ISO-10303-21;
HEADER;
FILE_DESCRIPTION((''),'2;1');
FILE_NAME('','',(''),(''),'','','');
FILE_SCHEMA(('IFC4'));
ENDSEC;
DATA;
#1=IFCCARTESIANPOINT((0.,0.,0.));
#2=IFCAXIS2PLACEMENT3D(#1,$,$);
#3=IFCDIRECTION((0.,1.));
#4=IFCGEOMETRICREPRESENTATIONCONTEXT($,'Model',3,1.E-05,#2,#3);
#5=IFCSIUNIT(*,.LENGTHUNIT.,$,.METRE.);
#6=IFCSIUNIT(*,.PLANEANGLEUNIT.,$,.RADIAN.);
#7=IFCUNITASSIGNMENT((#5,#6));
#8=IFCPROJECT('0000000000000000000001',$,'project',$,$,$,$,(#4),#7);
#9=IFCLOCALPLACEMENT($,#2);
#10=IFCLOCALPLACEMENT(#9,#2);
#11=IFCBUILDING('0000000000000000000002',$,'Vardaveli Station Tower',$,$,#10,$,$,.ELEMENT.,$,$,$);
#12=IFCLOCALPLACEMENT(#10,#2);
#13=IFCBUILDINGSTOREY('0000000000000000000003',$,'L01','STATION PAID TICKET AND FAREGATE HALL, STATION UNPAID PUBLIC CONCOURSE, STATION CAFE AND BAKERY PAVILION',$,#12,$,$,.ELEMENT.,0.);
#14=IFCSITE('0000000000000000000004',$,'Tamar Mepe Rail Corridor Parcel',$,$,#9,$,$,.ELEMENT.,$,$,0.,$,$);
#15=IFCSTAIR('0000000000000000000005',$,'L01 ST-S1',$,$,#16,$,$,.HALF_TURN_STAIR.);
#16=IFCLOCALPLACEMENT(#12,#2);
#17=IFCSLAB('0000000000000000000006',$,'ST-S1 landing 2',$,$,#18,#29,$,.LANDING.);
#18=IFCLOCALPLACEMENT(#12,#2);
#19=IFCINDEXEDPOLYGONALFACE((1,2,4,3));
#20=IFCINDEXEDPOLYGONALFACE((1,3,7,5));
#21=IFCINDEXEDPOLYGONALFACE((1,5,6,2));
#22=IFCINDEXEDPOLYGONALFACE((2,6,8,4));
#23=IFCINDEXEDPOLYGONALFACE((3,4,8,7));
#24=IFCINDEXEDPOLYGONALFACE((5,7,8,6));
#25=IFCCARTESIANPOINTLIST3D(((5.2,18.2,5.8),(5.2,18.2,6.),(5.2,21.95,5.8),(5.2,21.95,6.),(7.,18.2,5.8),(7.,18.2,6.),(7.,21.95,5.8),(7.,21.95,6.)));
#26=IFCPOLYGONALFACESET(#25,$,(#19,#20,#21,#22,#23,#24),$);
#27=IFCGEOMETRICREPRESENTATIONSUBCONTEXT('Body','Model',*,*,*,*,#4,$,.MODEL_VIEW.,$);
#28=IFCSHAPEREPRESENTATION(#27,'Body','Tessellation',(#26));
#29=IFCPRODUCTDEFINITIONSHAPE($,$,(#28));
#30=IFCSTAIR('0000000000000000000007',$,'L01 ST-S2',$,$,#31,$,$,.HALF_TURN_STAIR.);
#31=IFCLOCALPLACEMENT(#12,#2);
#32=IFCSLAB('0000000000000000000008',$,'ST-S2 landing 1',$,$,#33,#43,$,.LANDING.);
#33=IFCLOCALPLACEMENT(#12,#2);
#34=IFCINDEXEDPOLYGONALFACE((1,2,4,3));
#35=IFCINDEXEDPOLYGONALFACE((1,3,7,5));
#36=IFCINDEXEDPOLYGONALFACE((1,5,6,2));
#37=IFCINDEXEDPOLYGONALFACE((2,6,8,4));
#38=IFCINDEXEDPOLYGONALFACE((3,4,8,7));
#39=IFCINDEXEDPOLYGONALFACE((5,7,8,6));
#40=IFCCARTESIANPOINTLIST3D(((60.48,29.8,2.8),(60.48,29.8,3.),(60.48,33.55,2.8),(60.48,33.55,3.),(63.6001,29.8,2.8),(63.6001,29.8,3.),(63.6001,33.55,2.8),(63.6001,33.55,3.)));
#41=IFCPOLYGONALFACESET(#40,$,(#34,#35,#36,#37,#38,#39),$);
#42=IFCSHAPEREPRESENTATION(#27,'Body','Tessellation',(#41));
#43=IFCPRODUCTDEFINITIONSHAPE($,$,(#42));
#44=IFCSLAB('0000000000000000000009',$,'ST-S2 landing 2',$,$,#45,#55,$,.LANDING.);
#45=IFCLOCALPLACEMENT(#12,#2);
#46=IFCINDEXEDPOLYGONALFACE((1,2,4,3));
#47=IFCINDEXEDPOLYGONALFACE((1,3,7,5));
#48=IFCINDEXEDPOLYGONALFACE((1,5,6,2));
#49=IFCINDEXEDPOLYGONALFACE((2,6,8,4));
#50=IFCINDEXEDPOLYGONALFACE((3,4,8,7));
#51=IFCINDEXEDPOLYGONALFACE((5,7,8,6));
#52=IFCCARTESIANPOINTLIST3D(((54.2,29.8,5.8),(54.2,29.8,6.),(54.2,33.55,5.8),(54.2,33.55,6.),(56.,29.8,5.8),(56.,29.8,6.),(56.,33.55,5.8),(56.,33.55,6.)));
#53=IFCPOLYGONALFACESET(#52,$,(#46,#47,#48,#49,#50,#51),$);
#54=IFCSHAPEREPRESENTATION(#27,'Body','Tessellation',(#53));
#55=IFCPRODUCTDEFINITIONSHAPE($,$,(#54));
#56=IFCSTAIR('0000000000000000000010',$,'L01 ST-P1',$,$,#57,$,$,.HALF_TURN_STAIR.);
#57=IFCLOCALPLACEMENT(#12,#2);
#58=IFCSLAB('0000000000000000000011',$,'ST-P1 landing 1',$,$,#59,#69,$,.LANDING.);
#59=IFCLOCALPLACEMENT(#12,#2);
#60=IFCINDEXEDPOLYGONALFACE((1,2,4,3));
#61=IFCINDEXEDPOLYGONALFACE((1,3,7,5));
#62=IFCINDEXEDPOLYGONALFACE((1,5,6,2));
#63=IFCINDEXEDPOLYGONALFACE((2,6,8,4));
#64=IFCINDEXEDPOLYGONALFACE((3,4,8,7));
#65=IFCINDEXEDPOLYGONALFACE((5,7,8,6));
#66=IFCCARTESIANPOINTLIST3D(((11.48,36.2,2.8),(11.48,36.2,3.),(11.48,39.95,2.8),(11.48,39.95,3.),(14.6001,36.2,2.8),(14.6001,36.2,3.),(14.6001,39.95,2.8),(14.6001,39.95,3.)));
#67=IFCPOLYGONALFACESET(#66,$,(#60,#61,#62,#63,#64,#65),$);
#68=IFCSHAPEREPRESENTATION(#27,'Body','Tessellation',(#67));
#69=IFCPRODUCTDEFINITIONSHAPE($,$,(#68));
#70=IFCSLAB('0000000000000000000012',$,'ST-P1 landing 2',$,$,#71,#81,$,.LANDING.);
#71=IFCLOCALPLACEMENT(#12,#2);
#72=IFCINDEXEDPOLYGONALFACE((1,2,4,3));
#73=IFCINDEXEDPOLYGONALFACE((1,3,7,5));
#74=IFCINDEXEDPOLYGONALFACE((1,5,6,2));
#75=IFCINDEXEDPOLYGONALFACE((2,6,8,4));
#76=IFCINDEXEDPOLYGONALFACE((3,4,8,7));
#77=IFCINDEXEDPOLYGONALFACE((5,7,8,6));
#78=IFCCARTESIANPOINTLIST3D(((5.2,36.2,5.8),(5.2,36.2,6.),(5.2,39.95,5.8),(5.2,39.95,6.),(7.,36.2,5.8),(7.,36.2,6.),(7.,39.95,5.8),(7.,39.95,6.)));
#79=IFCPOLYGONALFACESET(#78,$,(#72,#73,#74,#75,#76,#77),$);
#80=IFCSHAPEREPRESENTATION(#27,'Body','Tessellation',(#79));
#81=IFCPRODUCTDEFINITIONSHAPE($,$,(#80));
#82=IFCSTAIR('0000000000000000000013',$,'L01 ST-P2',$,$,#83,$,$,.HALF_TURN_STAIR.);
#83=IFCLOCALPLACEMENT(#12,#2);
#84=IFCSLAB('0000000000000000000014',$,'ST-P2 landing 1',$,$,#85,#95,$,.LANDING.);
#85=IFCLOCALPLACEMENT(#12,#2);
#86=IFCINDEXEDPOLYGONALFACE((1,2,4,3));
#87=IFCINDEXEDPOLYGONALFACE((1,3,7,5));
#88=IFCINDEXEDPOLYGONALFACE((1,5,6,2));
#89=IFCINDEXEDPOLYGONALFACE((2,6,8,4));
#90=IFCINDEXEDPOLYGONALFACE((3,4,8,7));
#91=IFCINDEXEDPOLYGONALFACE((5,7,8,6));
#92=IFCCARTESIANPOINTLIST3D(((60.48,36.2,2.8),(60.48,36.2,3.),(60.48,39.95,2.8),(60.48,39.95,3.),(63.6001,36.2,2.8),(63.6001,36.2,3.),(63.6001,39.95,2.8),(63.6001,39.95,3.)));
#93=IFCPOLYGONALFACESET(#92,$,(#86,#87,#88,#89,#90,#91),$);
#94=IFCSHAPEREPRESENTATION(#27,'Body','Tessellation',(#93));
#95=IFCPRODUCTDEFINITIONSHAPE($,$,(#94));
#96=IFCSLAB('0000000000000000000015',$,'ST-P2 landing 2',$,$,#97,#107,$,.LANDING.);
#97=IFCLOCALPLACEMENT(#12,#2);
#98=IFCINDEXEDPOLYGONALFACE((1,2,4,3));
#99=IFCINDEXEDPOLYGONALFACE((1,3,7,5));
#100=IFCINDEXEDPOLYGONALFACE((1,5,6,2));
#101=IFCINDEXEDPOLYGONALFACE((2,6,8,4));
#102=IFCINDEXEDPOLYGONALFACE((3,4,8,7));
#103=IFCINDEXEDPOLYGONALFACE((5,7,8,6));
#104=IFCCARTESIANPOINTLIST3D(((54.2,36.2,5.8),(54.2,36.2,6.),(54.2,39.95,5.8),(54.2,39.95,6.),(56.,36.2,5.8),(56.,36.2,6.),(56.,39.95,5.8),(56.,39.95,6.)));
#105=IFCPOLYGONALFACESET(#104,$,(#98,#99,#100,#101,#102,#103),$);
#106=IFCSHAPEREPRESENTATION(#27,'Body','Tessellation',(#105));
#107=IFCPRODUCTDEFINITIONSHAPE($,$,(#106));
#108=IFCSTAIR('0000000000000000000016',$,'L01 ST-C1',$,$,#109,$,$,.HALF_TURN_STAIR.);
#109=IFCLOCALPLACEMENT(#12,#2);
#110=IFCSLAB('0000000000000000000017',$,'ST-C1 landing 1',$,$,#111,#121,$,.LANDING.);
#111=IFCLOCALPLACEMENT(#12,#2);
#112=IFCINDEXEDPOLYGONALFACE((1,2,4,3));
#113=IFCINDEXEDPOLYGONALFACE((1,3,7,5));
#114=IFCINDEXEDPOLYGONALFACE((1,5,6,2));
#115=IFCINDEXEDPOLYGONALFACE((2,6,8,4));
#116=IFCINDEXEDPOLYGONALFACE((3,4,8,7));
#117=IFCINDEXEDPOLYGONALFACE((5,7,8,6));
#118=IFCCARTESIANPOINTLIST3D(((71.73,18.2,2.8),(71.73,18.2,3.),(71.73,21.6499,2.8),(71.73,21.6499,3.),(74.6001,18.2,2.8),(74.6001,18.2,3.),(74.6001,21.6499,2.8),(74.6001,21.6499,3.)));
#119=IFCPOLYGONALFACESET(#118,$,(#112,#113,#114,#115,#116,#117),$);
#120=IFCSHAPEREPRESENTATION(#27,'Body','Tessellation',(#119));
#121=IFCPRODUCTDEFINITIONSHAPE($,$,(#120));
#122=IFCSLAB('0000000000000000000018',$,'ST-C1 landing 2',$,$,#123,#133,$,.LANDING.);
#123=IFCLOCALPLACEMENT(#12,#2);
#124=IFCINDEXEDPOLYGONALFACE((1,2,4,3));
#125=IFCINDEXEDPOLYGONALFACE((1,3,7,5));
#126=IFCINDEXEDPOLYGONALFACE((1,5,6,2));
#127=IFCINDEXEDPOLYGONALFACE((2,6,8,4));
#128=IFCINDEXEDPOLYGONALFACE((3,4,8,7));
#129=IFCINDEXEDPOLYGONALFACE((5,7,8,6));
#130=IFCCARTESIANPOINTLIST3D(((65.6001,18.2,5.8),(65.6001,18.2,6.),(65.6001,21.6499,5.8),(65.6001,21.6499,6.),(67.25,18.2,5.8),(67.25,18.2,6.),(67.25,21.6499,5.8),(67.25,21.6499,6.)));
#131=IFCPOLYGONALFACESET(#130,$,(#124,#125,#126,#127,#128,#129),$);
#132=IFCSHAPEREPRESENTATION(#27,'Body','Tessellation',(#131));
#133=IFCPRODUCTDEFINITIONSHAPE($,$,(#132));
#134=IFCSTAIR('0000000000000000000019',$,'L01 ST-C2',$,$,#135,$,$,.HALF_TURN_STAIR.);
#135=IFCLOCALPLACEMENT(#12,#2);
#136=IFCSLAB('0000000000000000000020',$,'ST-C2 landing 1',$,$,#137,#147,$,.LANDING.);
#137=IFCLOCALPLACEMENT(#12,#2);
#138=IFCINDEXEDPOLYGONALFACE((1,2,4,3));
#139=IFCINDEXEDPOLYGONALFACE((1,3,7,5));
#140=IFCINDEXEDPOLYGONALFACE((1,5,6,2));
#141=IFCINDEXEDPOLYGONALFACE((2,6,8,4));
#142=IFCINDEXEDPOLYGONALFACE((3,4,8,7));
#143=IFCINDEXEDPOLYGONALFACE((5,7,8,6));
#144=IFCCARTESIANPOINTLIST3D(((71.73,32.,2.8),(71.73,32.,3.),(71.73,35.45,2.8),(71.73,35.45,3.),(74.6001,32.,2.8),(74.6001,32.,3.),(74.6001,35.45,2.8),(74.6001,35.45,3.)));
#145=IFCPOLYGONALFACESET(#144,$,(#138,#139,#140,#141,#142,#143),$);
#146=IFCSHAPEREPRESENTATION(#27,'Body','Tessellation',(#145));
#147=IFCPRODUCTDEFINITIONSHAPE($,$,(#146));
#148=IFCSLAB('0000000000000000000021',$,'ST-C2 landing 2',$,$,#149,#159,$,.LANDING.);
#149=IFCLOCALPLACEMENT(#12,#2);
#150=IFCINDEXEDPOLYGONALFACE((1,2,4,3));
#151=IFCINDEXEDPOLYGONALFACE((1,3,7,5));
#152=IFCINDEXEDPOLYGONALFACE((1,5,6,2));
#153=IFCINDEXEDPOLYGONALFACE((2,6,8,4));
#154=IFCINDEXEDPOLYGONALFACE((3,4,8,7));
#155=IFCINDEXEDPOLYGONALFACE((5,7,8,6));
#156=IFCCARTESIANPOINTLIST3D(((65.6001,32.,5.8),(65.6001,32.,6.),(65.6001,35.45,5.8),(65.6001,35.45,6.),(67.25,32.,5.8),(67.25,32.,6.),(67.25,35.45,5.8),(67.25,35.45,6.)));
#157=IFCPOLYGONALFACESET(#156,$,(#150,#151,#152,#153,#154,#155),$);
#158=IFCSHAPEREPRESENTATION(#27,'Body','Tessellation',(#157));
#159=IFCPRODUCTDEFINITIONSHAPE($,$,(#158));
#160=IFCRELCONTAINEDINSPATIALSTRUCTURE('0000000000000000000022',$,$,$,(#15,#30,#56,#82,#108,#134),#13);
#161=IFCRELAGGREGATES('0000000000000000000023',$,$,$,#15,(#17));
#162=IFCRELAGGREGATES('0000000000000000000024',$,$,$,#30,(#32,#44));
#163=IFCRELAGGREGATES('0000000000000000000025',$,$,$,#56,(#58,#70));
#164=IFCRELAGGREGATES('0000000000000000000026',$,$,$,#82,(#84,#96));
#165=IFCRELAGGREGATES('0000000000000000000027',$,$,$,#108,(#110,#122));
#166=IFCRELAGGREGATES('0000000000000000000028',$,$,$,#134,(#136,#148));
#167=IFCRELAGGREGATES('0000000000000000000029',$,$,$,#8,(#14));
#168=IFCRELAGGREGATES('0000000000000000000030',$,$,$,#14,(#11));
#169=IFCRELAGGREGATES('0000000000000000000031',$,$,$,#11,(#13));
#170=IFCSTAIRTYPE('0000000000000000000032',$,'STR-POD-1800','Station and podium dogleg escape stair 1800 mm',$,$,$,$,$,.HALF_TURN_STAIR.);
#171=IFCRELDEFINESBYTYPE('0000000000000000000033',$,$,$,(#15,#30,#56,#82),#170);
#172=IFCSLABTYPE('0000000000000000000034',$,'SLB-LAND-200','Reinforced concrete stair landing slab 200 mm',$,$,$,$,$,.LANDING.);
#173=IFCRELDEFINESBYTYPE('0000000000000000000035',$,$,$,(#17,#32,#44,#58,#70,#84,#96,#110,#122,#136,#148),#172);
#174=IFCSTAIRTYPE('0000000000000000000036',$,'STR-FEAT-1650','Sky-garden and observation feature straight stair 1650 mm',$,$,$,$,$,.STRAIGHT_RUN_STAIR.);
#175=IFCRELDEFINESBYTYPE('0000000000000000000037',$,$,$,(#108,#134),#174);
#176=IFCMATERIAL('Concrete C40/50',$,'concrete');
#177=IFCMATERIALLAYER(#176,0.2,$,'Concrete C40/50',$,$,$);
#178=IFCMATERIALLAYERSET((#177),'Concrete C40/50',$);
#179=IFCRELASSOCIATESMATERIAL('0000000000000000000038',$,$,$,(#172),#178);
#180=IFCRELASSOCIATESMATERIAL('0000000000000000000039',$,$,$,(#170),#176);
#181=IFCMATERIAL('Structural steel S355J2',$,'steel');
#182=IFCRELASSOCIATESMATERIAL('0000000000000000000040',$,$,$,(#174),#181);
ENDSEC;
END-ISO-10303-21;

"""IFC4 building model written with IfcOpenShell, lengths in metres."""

from ifc_helpers import new_model, si_unit, direction, frame, origin, place, context, subcontext, project, spatial, polyline, outline, extrude, material, layer, layer_set, type_object, element, aggregate, save


model = new_model("IFC4")

# Units and contexts
model_context = context("Model", 3, precision=1e-05, world=origin(), true_north=direction((0.0, 1.0)))
body_context = subcontext(model_context, "Body", "Model", "MODEL_VIEW")
ifc_project = project(units=[si_unit("LENGTHUNIT", "METRE"), si_unit("PLANEANGLEUNIT", "RADIAN")], contexts=[model_context])

# Site, building, storey
site_placement = place(None, origin())
site = spatial("IfcSite", under=ifc_project, at=site_placement, Name="Tamar Mepe Rail Corridor Parcel", CompositionType="ELEMENT", RefElevation=0.0)
building_placement = place(site_placement, origin())
building = spatial("IfcBuilding", under=site, at=building_placement, Name="Vardaveli Station Tower", CompositionType="ELEMENT")
storey_placement = place(building_placement, origin())
storey = spatial("IfcBuildingStorey", under=building, at=storey_placement, Name="L01", Description="STATION PAID TICKET AND FAREGATE HALL, STATION UNPAID PUBLIC CONCOURSE, STATION CAFE AND BAKERY PAVILION", CompositionType="ELEMENT", Elevation=0.0)

# Shared definitions
ifc_material_1 = material(Name="Structural steel S355J2", Category="steel")

# Stairs, slabs
ifc_material_2 = material(Name="Concrete C40/50", Category="concrete")
ifc_layer_1 = layer(ifc_material_2, 0.2, Name="Concrete C40/50")
ifc_layer_set_1 = layer_set([ifc_layer_1], Name="Concrete C40/50")
slab_type_1 = type_object("IfcSlabType", Name="SLB-LAND-200", Description="Reinforced concrete stair landing slab 200 mm", PredefinedType="LANDING", material=ifc_layer_set_1)
stair_type_1 = type_object("IfcStairType", Name="STR-POD-1800", Description="Station and podium dogleg escape stair 1800 mm", PredefinedType="HALF_TURN_STAIR", material=ifc_material_2)
stair_1_placement = place(storey_placement, origin())
stair_1 = element("IfcStair", 1, at=stair_1_placement, inside=storey, type_object=stair_type_1, Name="L01 ST-S1", PredefinedType="HALF_TURN_STAIR")
slab_1_placement = place(storey_placement, frame((0.0, 0.0, 5.8)))
slab_1 = element("IfcSlab", 2, at=slab_1_placement, type_object=slab_type_1, Name="ST-S1 landing 2", PredefinedType="LANDING", context=body_context, shape_type="SweptSolid", body=[
    extrude(outline(polyline([(5.2, 18.2), (7.0, 18.2), (7.0, 21.95), (5.2, 21.95), (5.2, 18.2)])), origin(), (0.0, 0.0, 1.0), 0.2),
])
aggregate(stair_1, [slab_1])
stair_2_placement = place(storey_placement, origin())
stair_2 = element("IfcStair", 3, at=stair_2_placement, inside=storey, type_object=stair_type_1, Name="L01 ST-S2", PredefinedType="HALF_TURN_STAIR")
slab_2_placement = place(storey_placement, frame((0.0, 0.0, 2.8)))
slab_2 = element("IfcSlab", 4, at=slab_2_placement, type_object=slab_type_1, Name="ST-S2 landing 1", PredefinedType="LANDING", context=body_context, shape_type="SweptSolid", body=[
    extrude(outline(polyline([(60.48, 29.8), (63.6001, 29.8), (63.6001, 33.55), (60.48, 33.55), (60.48, 29.8)])), origin(), (0.0, 0.0, 1.0), 0.2),
])
slab_3_placement = place(storey_placement, frame((0.0, 0.0, 5.8)))
slab_3 = element("IfcSlab", 5, at=slab_3_placement, type_object=slab_type_1, Name="ST-S2 landing 2", PredefinedType="LANDING", context=body_context, shape_type="SweptSolid", body=[
    extrude(outline(polyline([(54.2, 29.8), (56.0, 29.8), (56.0, 33.55), (54.2, 33.55), (54.2, 29.8)])), origin(), (0.0, 0.0, 1.0), 0.2),
])
aggregate(stair_2, [slab_2, slab_3])
stair_3_placement = place(storey_placement, origin())
stair_3 = element("IfcStair", 6, at=stair_3_placement, inside=storey, type_object=stair_type_1, Name="L01 ST-P1", PredefinedType="HALF_TURN_STAIR")
slab_4_placement = place(storey_placement, frame((0.0, 0.0, 2.8)))
slab_4 = element("IfcSlab", 7, at=slab_4_placement, type_object=slab_type_1, Name="ST-P1 landing 1", PredefinedType="LANDING", context=body_context, shape_type="SweptSolid", body=[
    extrude(outline(polyline([(11.48, 36.2), (14.6001, 36.2), (14.6001, 39.95), (11.48, 39.95), (11.48, 36.2)])), origin(), (0.0, 0.0, 1.0), 0.2),
])
slab_5_placement = place(storey_placement, frame((0.0, 0.0, 5.8)))
slab_5 = element("IfcSlab", 8, at=slab_5_placement, type_object=slab_type_1, Name="ST-P1 landing 2", PredefinedType="LANDING", context=body_context, shape_type="SweptSolid", body=[
    extrude(outline(polyline([(5.2, 36.2), (7.0, 36.2), (7.0, 39.95), (5.2, 39.95), (5.2, 36.2)])), origin(), (0.0, 0.0, 1.0), 0.2),
])
aggregate(stair_3, [slab_4, slab_5])
stair_4_placement = place(storey_placement, origin())
stair_4 = element("IfcStair", 9, at=stair_4_placement, inside=storey, type_object=stair_type_1, Name="L01 ST-P2", PredefinedType="HALF_TURN_STAIR")
slab_6_placement = place(storey_placement, frame((0.0, 0.0, 2.8)))
slab_6 = element("IfcSlab", 10, at=slab_6_placement, type_object=slab_type_1, Name="ST-P2 landing 1", PredefinedType="LANDING", context=body_context, shape_type="SweptSolid", body=[
    extrude(outline(polyline([(60.48, 36.2), (63.6001, 36.2), (63.6001, 39.95), (60.48, 39.95), (60.48, 36.2)])), origin(), (0.0, 0.0, 1.0), 0.2),
])
slab_7_placement = place(storey_placement, frame((0.0, 0.0, 5.8)))
slab_7 = element("IfcSlab", 11, at=slab_7_placement, type_object=slab_type_1, Name="ST-P2 landing 2", PredefinedType="LANDING", context=body_context, shape_type="SweptSolid", body=[
    extrude(outline(polyline([(54.2, 36.2), (56.0, 36.2), (56.0, 39.95), (54.2, 39.95), (54.2, 36.2)])), origin(), (0.0, 0.0, 1.0), 0.2),
])
aggregate(stair_4, [slab_6, slab_7])
stair_type_2 = type_object("IfcStairType", Name="STR-FEAT-1650", Description="Sky-garden and observation feature straight stair 1650 mm", PredefinedType="STRAIGHT_RUN_STAIR", material=ifc_material_1)
stair_5_placement = place(storey_placement, origin())
stair_5 = element("IfcStair", 12, at=stair_5_placement, inside=storey, type_object=stair_type_2, Name="L01 ST-C1", PredefinedType="HALF_TURN_STAIR")
slab_8_placement = place(storey_placement, frame((0.0, 0.0, 2.8)))
slab_8 = element("IfcSlab", 13, at=slab_8_placement, type_object=slab_type_1, Name="ST-C1 landing 1", PredefinedType="LANDING", context=body_context, shape_type="SweptSolid", body=[
    extrude(outline(polyline([(71.73, 18.2), (74.6001, 18.2), (74.6001, 21.6499), (71.73, 21.6499), (71.73, 18.2)])), origin(), (0.0, 0.0, 1.0), 0.2),
])
slab_9_placement = place(storey_placement, frame((0.0, 0.0, 5.8)))
slab_9 = element("IfcSlab", 14, at=slab_9_placement, type_object=slab_type_1, Name="ST-C1 landing 2", PredefinedType="LANDING", context=body_context, shape_type="SweptSolid", body=[
    extrude(outline(polyline([(65.6001, 18.2), (67.25, 18.2), (67.25, 21.6499), (65.6001, 21.6499), (65.6001, 18.2)])), origin(), (0.0, 0.0, 1.0), 0.2),
])
aggregate(stair_5, [slab_8, slab_9])
stair_6_placement = place(storey_placement, origin())
stair_6 = element("IfcStair", 15, at=stair_6_placement, inside=storey, type_object=stair_type_2, Name="L01 ST-C2", PredefinedType="HALF_TURN_STAIR")
slab_10_placement = place(storey_placement, frame((0.0, 0.0, 2.8)))
slab_10 = element("IfcSlab", 16, at=slab_10_placement, type_object=slab_type_1, Name="ST-C2 landing 1", PredefinedType="LANDING", context=body_context, shape_type="SweptSolid", body=[
    extrude(outline(polyline([(71.73, 32.0), (74.6001, 32.0), (74.6001, 35.45), (71.73, 35.45), (71.73, 32.0)])), origin(), (0.0, 0.0, 1.0), 0.2),
])
slab_11_placement = place(storey_placement, frame((0.0, 0.0, 5.8)))
slab_11 = element("IfcSlab", 17, at=slab_11_placement, type_object=slab_type_1, Name="ST-C2 landing 2", PredefinedType="LANDING", context=body_context, shape_type="SweptSolid", body=[
    extrude(outline(polyline([(65.6001, 32.0), (67.25, 32.0), (67.25, 35.45), (65.6001, 35.45), (65.6001, 32.0)])), origin(), (0.0, 0.0, 1.0), 0.2),
])
aggregate(stair_6, [slab_10, slab_11])

save(model, "model.ifc")
